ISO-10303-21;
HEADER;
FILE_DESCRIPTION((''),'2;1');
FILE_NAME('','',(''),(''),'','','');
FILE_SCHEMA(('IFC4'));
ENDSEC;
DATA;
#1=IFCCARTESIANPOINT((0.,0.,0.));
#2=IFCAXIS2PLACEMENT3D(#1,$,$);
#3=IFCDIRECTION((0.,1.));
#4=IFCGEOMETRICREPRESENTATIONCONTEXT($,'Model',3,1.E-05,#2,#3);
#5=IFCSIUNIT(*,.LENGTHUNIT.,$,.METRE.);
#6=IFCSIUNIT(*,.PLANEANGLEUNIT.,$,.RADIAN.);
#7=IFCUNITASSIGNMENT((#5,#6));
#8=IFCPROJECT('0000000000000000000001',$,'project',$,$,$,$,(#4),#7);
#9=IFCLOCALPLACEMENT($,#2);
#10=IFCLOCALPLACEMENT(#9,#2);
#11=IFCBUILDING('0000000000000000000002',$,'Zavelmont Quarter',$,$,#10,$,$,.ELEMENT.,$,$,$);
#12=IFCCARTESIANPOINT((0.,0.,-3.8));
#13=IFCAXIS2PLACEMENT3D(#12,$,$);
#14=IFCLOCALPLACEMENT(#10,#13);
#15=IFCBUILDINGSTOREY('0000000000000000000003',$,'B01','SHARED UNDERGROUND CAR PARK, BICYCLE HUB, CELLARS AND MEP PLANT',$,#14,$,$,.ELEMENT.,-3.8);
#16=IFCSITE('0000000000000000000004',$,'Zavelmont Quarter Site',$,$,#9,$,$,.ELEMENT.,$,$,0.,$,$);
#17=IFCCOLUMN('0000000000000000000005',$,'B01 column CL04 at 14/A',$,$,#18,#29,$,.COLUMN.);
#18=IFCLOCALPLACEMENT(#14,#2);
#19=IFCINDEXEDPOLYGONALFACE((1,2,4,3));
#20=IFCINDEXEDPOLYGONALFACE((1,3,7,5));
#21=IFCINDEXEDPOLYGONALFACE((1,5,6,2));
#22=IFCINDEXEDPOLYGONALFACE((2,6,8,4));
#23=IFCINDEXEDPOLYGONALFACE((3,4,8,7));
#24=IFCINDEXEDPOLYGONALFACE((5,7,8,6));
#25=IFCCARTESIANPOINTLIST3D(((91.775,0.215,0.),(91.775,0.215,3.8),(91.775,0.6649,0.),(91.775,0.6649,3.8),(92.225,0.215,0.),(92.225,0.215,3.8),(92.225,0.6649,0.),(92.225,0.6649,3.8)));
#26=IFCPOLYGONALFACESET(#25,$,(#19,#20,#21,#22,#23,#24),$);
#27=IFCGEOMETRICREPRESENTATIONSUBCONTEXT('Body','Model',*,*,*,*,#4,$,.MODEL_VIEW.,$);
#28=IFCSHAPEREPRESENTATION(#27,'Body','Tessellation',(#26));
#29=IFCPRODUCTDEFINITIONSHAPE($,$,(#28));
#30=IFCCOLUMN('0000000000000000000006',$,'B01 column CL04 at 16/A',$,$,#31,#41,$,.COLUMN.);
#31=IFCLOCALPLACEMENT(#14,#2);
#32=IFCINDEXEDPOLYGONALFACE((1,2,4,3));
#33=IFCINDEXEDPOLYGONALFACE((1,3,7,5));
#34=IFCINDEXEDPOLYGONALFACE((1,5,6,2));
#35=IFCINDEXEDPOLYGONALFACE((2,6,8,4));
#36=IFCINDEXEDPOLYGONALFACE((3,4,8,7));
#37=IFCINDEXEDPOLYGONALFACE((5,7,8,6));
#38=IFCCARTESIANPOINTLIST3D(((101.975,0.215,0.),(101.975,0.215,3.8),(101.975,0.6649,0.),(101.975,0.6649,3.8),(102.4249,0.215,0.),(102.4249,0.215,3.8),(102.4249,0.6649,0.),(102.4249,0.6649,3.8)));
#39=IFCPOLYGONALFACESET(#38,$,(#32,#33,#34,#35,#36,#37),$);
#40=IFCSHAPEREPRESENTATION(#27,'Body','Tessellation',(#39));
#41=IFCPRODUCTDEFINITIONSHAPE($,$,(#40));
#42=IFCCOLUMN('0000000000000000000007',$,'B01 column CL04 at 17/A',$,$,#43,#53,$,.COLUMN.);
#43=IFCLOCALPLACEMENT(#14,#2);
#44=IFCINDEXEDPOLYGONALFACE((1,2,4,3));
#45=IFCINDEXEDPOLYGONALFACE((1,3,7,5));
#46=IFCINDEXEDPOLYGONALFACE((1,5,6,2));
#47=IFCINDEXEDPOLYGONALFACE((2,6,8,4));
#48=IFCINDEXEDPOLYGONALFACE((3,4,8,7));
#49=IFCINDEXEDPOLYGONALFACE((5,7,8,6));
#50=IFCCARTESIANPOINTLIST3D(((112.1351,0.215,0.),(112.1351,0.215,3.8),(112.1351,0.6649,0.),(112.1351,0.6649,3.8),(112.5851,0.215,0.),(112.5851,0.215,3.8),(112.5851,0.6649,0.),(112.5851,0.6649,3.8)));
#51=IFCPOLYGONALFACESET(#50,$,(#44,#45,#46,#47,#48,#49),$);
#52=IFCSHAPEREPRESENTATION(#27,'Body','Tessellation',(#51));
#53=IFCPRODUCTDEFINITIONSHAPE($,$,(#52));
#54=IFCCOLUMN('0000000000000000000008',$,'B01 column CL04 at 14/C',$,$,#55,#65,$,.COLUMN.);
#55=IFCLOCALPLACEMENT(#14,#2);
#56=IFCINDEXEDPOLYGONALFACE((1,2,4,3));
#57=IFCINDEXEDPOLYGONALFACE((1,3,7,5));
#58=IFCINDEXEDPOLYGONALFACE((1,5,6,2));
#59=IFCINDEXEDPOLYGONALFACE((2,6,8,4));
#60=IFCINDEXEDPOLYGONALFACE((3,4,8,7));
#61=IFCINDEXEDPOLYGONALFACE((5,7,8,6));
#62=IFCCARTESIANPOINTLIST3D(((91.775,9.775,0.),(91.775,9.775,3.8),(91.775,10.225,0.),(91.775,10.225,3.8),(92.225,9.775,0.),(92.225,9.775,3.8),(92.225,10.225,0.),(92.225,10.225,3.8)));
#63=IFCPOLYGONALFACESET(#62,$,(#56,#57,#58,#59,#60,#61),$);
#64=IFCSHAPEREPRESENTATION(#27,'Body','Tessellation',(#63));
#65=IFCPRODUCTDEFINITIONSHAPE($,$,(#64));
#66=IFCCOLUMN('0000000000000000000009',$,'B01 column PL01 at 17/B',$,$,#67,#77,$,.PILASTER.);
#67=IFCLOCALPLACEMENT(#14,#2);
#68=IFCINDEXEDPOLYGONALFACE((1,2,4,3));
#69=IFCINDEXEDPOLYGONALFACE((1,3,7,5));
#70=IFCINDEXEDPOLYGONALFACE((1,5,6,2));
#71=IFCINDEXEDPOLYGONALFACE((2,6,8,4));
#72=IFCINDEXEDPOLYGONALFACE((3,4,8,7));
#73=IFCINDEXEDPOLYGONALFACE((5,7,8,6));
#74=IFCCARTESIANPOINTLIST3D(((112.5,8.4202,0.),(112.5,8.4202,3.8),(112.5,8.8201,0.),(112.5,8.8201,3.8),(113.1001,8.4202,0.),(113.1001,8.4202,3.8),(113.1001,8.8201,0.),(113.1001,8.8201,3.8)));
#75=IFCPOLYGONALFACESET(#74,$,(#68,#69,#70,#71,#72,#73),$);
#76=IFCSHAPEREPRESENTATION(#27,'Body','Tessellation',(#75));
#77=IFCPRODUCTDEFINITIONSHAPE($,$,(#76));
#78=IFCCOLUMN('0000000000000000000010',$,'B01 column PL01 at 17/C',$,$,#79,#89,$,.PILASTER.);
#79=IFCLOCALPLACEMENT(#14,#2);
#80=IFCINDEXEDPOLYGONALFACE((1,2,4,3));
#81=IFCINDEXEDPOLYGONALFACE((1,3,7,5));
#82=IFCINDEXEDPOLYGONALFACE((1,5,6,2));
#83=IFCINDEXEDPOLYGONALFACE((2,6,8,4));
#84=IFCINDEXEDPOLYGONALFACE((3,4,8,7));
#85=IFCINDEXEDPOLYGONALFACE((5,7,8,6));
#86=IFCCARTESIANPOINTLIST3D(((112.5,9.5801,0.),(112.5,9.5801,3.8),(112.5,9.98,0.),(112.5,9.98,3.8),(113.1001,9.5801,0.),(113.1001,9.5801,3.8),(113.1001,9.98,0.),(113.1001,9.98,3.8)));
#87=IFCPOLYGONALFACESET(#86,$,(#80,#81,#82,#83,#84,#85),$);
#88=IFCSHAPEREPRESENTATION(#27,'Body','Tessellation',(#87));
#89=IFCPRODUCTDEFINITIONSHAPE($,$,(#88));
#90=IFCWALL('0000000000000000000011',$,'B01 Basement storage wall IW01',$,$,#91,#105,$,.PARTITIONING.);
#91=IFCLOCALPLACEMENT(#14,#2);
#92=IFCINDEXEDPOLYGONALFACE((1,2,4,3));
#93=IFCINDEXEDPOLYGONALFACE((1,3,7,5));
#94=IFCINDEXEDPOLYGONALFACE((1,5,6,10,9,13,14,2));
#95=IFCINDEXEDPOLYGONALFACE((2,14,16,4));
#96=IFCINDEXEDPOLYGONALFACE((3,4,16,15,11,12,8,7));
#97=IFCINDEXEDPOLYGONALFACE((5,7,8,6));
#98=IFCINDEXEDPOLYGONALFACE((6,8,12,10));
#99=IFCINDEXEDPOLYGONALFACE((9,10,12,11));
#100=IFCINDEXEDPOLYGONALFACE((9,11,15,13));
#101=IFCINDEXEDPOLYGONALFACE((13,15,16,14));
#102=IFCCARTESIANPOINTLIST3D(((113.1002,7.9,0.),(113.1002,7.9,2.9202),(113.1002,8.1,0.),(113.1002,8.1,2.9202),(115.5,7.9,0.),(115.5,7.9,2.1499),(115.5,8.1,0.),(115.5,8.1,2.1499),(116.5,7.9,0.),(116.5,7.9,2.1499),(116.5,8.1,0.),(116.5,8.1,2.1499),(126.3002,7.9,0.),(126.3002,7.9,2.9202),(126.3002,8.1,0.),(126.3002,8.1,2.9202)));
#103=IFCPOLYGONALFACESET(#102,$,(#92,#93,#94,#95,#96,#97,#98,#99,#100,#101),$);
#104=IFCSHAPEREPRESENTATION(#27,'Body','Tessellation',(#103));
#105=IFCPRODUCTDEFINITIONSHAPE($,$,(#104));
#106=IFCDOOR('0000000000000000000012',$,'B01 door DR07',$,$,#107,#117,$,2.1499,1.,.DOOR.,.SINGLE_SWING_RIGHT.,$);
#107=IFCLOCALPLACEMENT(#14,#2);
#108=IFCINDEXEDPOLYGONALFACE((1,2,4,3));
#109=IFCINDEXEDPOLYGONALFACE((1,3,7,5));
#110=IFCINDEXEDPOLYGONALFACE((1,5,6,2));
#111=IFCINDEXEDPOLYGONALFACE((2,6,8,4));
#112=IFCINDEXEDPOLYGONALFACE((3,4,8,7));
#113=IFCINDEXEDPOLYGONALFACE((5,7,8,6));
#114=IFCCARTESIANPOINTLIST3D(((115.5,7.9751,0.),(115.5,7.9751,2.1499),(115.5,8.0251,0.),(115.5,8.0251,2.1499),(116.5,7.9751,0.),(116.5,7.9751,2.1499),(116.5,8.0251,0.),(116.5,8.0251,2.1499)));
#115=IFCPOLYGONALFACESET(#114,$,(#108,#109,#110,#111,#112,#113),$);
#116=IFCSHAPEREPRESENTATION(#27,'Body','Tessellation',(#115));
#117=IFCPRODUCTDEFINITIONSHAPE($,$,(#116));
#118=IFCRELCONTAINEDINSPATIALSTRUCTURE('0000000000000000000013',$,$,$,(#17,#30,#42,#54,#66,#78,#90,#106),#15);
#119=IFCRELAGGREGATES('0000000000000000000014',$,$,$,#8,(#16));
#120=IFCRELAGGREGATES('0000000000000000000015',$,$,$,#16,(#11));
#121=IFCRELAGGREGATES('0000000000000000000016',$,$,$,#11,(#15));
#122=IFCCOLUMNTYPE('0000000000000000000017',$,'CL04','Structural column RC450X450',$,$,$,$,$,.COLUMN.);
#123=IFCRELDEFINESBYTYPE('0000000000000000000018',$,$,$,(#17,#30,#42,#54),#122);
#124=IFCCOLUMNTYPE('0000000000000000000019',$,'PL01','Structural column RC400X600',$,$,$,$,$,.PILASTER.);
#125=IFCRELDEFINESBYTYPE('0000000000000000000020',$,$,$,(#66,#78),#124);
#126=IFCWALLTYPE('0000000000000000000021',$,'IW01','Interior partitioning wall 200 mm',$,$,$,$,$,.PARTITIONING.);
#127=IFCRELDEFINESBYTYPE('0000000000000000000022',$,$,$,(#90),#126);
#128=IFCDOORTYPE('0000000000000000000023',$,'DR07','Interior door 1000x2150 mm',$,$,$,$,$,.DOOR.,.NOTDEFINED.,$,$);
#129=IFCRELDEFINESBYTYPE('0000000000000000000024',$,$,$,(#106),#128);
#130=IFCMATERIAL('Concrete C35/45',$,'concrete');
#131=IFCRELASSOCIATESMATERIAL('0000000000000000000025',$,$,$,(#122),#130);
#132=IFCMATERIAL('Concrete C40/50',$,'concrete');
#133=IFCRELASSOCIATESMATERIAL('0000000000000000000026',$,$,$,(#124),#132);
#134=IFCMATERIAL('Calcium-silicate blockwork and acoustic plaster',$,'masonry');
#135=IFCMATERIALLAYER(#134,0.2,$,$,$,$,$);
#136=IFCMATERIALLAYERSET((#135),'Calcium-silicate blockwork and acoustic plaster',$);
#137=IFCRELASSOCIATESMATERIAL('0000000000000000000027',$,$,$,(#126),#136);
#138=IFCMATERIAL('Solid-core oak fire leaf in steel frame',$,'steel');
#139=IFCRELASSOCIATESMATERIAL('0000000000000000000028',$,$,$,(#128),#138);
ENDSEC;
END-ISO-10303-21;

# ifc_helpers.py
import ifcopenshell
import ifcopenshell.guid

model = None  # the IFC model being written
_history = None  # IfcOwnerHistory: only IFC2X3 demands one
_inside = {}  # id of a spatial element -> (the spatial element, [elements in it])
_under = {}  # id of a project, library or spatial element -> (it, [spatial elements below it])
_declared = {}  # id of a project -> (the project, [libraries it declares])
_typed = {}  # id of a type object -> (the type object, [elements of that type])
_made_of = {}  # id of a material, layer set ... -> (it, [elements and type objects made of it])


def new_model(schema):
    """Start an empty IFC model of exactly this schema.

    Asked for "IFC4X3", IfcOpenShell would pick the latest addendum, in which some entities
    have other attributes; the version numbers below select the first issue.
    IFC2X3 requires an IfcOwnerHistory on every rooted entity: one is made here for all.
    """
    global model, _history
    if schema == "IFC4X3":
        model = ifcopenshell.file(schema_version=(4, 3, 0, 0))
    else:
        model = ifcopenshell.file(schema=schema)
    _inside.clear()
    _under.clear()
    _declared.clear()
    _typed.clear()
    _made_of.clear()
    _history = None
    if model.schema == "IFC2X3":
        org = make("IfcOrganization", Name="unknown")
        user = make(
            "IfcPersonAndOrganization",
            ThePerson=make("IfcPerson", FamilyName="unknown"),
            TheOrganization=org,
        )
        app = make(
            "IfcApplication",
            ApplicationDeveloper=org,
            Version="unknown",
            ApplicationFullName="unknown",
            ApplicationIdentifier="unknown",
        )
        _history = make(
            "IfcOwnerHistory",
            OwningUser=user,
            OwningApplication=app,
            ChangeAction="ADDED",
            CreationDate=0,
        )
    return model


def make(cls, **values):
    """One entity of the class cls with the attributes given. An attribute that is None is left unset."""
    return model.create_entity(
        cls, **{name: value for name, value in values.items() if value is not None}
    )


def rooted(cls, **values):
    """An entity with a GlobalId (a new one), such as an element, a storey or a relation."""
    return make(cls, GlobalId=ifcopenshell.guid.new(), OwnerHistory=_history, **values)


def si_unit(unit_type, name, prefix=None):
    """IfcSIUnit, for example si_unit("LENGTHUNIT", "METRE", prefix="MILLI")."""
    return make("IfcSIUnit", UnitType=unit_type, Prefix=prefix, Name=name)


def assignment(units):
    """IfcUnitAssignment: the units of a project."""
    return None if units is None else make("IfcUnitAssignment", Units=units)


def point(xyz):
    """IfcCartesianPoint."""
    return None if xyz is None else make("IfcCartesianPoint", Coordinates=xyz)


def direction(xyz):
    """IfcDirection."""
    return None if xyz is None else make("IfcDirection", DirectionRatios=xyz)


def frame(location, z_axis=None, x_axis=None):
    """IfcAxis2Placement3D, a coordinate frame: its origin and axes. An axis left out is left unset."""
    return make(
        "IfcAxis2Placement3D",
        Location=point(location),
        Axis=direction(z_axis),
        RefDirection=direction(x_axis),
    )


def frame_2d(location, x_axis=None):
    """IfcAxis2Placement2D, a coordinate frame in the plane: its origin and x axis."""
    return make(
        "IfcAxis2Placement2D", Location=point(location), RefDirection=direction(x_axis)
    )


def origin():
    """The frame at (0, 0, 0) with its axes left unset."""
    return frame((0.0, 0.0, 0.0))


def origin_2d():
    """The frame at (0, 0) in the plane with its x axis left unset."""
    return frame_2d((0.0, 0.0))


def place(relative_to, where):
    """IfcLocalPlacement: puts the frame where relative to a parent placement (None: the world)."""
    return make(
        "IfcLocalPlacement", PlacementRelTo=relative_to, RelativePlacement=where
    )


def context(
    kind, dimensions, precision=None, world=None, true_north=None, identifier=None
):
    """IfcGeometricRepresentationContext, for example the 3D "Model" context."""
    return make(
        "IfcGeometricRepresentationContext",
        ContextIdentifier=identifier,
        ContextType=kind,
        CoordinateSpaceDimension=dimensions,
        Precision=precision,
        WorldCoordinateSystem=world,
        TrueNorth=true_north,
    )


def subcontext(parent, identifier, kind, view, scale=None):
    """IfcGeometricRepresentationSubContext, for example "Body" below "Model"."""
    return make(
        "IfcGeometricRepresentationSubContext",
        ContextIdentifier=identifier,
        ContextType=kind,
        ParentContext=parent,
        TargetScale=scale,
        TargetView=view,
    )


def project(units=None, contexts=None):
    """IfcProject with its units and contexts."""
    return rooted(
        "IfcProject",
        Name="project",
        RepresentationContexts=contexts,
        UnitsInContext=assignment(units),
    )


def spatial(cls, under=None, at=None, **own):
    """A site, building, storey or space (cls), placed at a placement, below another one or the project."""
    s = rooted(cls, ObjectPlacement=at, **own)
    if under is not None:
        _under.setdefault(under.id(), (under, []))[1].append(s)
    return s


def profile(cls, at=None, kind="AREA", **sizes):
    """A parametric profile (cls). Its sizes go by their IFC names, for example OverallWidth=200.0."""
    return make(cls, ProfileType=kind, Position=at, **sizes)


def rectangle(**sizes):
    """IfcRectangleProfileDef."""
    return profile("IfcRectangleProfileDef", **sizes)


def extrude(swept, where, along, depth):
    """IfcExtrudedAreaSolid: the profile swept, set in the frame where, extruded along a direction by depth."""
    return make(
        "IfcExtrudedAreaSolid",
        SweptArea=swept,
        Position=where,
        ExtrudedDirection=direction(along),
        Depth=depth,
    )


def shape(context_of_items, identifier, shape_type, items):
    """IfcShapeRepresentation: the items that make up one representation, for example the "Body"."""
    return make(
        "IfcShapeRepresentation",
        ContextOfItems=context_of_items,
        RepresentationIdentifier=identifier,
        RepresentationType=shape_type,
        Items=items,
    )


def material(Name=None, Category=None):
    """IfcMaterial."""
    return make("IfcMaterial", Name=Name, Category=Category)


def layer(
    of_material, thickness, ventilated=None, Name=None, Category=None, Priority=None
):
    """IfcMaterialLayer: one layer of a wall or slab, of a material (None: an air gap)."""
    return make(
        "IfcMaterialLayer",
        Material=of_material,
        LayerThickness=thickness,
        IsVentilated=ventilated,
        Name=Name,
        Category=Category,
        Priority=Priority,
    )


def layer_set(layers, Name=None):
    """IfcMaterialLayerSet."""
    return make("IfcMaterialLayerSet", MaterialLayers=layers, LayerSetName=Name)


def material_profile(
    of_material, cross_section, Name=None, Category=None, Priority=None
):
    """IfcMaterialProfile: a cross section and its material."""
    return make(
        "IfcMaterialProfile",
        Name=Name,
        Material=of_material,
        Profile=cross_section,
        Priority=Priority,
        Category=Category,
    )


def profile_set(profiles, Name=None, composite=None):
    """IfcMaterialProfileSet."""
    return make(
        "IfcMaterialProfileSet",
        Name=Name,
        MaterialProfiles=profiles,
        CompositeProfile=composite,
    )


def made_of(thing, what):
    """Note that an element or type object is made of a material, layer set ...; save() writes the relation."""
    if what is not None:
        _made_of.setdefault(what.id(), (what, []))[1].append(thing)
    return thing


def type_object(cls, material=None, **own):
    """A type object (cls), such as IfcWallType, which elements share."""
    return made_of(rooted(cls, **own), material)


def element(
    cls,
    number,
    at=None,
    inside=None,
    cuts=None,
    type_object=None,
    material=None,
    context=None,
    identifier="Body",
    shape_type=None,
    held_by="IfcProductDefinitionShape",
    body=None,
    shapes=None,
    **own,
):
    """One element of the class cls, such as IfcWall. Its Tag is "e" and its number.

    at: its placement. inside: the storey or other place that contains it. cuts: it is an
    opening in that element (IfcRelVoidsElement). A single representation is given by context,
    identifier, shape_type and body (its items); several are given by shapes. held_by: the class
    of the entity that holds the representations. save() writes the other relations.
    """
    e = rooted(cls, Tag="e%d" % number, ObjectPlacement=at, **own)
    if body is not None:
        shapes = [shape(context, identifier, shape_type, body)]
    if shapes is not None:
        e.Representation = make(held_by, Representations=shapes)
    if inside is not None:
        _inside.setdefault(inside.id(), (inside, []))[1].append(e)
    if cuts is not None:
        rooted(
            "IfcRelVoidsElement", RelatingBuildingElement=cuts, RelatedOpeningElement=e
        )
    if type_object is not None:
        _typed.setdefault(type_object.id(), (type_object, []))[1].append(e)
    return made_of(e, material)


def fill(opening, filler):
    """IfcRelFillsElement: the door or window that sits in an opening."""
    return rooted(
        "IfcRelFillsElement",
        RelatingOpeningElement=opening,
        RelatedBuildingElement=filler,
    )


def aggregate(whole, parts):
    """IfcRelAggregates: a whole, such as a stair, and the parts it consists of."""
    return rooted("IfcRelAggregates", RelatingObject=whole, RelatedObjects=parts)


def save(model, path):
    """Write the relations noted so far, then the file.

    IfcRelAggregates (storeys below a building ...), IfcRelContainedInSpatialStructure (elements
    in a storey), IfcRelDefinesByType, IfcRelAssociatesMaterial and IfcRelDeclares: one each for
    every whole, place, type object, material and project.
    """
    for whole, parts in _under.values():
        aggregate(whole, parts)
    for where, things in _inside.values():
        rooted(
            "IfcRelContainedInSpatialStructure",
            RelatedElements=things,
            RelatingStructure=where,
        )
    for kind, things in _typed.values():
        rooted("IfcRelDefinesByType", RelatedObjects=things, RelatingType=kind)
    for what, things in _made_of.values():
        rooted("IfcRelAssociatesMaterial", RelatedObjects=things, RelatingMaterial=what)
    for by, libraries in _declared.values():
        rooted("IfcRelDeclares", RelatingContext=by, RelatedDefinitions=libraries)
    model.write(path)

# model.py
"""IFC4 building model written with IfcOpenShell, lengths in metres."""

from ifc_helpers import new_model, si_unit, direction, frame, frame_2d, origin, origin_2d, place, context, subcontext, project, spatial, rectangle, extrude, material, layer, layer_set, material_profile, profile_set, type_object, element, fill, save


model = new_model("IFC4")

# Units and contexts
model_context = context("Model", 3, precision=1e-05, world=origin(), true_north=direction((0.0, 1.0)))
body_context = subcontext(model_context, "Body", "Model", "MODEL_VIEW")
ifc_project = project(units=[si_unit("LENGTHUNIT", "METRE"), si_unit("PLANEANGLEUNIT", "RADIAN")], contexts=[model_context])

# Site, building, storey
site_placement = place(None, origin())
site = spatial("IfcSite", under=ifc_project, at=site_placement, Name="Zavelmont Quarter Site", CompositionType="ELEMENT", RefElevation=0.0)
building_placement = place(site_placement, origin())
building = spatial("IfcBuilding", under=site, at=building_placement, Name="Zavelmont Quarter", CompositionType="ELEMENT")
storey_placement = place(building_placement, frame((0.0, 0.0, -3.8)))
storey = spatial("IfcBuildingStorey", under=building, at=storey_placement, Name="B01", Description="SHARED UNDERGROUND CAR PARK, BICYCLE HUB, CELLARS AND MEP PLANT", CompositionType="ELEMENT", Elevation=-3.8)

# Shared definitions
ifc_material_1 = material(Name="Concrete C35/45", Category="concrete")

# Columns
ifc_material_2 = material(Name="Concrete C40/50", Category="concrete")
ifc_material_profile_1 = material_profile(ifc_material_1, rectangle(XDim=0.45, YDim=0.45, at=origin_2d()), Name="RC450X450")
ifc_profile_set_1 = profile_set([ifc_material_profile_1], Name="Concrete C35/45")
column_type_1 = type_object("IfcColumnType", Name="CL04", Description="Structural column RC450X450", PredefinedType="COLUMN", material=ifc_profile_set_1)
for number, where, z_axis, x_axis, name in (
    (1, (92.0, 0.4399, 0.0), (0.0, 0.0, 1.0), (1.0, 0.0, 0.0), "B01 column CL04 at 14/A"),
    (2, (102.2, 0.4399, 0.0), (0.0, 0.0, 1.0), (1.0, 0.0, 0.0), "B01 column CL04 at 16/A"),
    (3, (112.3601, 0.4399, 0.0), (0.0, 0.0, 1.0), (1.0, 0.0, 0.0), "B01 column CL04 at 17/A"),
    (4, (92.0, 10.0, 0.0), (0.0, 0.0, 1.0), (1.0, 0.0, 0.0), "B01 column CL04 at 14/C"),
):
    element("IfcColumn", number, at=place(storey_placement, frame(where, z_axis=z_axis, x_axis=x_axis)), inside=storey, type_object=column_type_1, Name=name, PredefinedType="COLUMN", context=body_context, shape_type="SweptSolid", body=[
        extrude(rectangle(XDim=0.45, YDim=0.45, at=origin_2d()), origin(), (0.0, 0.0, 1.0), 3.8),
    ])
ifc_material_profile_2 = material_profile(ifc_material_2, rectangle(XDim=0.3999, YDim=0.6001, at=origin_2d()), Name="RC400X600")
ifc_profile_set_2 = profile_set([ifc_material_profile_2], Name="Concrete C40/50")
column_type_2 = type_object("IfcColumnType", Name="PL01", Description="Structural column RC400X600", PredefinedType="PILASTER", material=ifc_profile_set_2)
for number, where, z_axis, x_axis, name in (
    (5, (112.8, 8.6201, 0.0), (0.0, 0.0, 1.0), (0.0, 1.0, 0.0), "B01 column PL01 at 17/B"),
    (6, (112.8, 9.78, 0.0), (0.0, 0.0, 1.0), (0.0, 1.0, 0.0), "B01 column PL01 at 17/C"),
):
    element("IfcColumn", number, at=place(storey_placement, frame(where, z_axis=z_axis, x_axis=x_axis)), inside=storey, type_object=column_type_2, Name=name, PredefinedType="PILASTER", context=body_context, shape_type="SweptSolid", body=[
        extrude(rectangle(XDim=0.3999, YDim=0.6001, at=origin_2d()), origin(), (0.0, 0.0, 1.0), 3.8),
    ])

# Wall, opening, door
ifc_material_3 = material(Name="Calcium-silicate blockwork and acoustic plaster", Category="masonry")
ifc_layer = layer(ifc_material_3, 0.2)
ifc_layer_set = layer_set([ifc_layer], Name="Calcium-silicate blockwork and acoustic plaster")
wall_type = type_object("IfcWallType", Name="IW01", Description="Interior partitioning wall 200 mm", PredefinedType="PARTITIONING", material=ifc_layer_set)
wall_placement = place(storey_placement, frame((113.1001, 8.0, 0.0), z_axis=(0.0, 0.0, 1.0), x_axis=(1.0, 0.0, 0.0)))
wall = element("IfcWall", 7, at=wall_placement, inside=storey, type_object=wall_type, Name="B01 Basement storage wall IW01", PredefinedType="PARTITIONING", context=body_context, shape_type="SweptSolid", body=[
    extrude(rectangle(XDim=13.2, YDim=0.2, at=frame_2d((6.6001, 0.0))), origin(), (0.0, 0.0, 1.0), 2.9202),
])
opening_placement = place(wall_placement, frame((2.3999, 0.0, 0.0)))
opening = element("IfcOpeningElement", 8, at=opening_placement, cuts=wall, PredefinedType="OPENING", context=body_context, shape_type="SweptSolid", body=[
    extrude(rectangle(XDim=1.0, YDim=2.1499, at=frame_2d((0.5, 1.075))), frame((0.0, 0.1118, 0.0), z_axis=(0.0, -1.0, 0.0), x_axis=(1.0, 0.0, 0.0)), (0.0, 0.0, 1.0), 0.2239),
])
ifc_material_4 = material(Name="Solid-core oak fire leaf in steel frame", Category="steel")
door_type = type_object("IfcDoorType", Name="DR07", Description="Interior door 1000x2150 mm", OperationType="NOTDEFINED", PredefinedType="DOOR", material=ifc_material_4)
door_placement = place(opening_placement, frame((1.0, 0.0, 0.0), z_axis=(0.0, 0.0, 1.0), x_axis=(-1.0, 0.0, 0.0)))
door = element("IfcDoor", 9, at=door_placement, inside=storey, type_object=door_type, Name="B01 door DR07", OperationType="SINGLE_SWING_RIGHT", OverallHeight=2.1499, OverallWidth=1.0, PredefinedType="DOOR", context=body_context, shape_type="SweptSolid", body=[
    extrude(rectangle(XDim=1.0, YDim=2.1499, at=frame_2d((0.5, 1.075))), frame((0.0, 0.0249, 0.0), z_axis=(0.0, -1.0, 0.0), x_axis=(1.0, 0.0, 0.0)), (0.0, 0.0, 1.0), 0.05),
])
fill(opening, door)

save(model, "model.ifc")
